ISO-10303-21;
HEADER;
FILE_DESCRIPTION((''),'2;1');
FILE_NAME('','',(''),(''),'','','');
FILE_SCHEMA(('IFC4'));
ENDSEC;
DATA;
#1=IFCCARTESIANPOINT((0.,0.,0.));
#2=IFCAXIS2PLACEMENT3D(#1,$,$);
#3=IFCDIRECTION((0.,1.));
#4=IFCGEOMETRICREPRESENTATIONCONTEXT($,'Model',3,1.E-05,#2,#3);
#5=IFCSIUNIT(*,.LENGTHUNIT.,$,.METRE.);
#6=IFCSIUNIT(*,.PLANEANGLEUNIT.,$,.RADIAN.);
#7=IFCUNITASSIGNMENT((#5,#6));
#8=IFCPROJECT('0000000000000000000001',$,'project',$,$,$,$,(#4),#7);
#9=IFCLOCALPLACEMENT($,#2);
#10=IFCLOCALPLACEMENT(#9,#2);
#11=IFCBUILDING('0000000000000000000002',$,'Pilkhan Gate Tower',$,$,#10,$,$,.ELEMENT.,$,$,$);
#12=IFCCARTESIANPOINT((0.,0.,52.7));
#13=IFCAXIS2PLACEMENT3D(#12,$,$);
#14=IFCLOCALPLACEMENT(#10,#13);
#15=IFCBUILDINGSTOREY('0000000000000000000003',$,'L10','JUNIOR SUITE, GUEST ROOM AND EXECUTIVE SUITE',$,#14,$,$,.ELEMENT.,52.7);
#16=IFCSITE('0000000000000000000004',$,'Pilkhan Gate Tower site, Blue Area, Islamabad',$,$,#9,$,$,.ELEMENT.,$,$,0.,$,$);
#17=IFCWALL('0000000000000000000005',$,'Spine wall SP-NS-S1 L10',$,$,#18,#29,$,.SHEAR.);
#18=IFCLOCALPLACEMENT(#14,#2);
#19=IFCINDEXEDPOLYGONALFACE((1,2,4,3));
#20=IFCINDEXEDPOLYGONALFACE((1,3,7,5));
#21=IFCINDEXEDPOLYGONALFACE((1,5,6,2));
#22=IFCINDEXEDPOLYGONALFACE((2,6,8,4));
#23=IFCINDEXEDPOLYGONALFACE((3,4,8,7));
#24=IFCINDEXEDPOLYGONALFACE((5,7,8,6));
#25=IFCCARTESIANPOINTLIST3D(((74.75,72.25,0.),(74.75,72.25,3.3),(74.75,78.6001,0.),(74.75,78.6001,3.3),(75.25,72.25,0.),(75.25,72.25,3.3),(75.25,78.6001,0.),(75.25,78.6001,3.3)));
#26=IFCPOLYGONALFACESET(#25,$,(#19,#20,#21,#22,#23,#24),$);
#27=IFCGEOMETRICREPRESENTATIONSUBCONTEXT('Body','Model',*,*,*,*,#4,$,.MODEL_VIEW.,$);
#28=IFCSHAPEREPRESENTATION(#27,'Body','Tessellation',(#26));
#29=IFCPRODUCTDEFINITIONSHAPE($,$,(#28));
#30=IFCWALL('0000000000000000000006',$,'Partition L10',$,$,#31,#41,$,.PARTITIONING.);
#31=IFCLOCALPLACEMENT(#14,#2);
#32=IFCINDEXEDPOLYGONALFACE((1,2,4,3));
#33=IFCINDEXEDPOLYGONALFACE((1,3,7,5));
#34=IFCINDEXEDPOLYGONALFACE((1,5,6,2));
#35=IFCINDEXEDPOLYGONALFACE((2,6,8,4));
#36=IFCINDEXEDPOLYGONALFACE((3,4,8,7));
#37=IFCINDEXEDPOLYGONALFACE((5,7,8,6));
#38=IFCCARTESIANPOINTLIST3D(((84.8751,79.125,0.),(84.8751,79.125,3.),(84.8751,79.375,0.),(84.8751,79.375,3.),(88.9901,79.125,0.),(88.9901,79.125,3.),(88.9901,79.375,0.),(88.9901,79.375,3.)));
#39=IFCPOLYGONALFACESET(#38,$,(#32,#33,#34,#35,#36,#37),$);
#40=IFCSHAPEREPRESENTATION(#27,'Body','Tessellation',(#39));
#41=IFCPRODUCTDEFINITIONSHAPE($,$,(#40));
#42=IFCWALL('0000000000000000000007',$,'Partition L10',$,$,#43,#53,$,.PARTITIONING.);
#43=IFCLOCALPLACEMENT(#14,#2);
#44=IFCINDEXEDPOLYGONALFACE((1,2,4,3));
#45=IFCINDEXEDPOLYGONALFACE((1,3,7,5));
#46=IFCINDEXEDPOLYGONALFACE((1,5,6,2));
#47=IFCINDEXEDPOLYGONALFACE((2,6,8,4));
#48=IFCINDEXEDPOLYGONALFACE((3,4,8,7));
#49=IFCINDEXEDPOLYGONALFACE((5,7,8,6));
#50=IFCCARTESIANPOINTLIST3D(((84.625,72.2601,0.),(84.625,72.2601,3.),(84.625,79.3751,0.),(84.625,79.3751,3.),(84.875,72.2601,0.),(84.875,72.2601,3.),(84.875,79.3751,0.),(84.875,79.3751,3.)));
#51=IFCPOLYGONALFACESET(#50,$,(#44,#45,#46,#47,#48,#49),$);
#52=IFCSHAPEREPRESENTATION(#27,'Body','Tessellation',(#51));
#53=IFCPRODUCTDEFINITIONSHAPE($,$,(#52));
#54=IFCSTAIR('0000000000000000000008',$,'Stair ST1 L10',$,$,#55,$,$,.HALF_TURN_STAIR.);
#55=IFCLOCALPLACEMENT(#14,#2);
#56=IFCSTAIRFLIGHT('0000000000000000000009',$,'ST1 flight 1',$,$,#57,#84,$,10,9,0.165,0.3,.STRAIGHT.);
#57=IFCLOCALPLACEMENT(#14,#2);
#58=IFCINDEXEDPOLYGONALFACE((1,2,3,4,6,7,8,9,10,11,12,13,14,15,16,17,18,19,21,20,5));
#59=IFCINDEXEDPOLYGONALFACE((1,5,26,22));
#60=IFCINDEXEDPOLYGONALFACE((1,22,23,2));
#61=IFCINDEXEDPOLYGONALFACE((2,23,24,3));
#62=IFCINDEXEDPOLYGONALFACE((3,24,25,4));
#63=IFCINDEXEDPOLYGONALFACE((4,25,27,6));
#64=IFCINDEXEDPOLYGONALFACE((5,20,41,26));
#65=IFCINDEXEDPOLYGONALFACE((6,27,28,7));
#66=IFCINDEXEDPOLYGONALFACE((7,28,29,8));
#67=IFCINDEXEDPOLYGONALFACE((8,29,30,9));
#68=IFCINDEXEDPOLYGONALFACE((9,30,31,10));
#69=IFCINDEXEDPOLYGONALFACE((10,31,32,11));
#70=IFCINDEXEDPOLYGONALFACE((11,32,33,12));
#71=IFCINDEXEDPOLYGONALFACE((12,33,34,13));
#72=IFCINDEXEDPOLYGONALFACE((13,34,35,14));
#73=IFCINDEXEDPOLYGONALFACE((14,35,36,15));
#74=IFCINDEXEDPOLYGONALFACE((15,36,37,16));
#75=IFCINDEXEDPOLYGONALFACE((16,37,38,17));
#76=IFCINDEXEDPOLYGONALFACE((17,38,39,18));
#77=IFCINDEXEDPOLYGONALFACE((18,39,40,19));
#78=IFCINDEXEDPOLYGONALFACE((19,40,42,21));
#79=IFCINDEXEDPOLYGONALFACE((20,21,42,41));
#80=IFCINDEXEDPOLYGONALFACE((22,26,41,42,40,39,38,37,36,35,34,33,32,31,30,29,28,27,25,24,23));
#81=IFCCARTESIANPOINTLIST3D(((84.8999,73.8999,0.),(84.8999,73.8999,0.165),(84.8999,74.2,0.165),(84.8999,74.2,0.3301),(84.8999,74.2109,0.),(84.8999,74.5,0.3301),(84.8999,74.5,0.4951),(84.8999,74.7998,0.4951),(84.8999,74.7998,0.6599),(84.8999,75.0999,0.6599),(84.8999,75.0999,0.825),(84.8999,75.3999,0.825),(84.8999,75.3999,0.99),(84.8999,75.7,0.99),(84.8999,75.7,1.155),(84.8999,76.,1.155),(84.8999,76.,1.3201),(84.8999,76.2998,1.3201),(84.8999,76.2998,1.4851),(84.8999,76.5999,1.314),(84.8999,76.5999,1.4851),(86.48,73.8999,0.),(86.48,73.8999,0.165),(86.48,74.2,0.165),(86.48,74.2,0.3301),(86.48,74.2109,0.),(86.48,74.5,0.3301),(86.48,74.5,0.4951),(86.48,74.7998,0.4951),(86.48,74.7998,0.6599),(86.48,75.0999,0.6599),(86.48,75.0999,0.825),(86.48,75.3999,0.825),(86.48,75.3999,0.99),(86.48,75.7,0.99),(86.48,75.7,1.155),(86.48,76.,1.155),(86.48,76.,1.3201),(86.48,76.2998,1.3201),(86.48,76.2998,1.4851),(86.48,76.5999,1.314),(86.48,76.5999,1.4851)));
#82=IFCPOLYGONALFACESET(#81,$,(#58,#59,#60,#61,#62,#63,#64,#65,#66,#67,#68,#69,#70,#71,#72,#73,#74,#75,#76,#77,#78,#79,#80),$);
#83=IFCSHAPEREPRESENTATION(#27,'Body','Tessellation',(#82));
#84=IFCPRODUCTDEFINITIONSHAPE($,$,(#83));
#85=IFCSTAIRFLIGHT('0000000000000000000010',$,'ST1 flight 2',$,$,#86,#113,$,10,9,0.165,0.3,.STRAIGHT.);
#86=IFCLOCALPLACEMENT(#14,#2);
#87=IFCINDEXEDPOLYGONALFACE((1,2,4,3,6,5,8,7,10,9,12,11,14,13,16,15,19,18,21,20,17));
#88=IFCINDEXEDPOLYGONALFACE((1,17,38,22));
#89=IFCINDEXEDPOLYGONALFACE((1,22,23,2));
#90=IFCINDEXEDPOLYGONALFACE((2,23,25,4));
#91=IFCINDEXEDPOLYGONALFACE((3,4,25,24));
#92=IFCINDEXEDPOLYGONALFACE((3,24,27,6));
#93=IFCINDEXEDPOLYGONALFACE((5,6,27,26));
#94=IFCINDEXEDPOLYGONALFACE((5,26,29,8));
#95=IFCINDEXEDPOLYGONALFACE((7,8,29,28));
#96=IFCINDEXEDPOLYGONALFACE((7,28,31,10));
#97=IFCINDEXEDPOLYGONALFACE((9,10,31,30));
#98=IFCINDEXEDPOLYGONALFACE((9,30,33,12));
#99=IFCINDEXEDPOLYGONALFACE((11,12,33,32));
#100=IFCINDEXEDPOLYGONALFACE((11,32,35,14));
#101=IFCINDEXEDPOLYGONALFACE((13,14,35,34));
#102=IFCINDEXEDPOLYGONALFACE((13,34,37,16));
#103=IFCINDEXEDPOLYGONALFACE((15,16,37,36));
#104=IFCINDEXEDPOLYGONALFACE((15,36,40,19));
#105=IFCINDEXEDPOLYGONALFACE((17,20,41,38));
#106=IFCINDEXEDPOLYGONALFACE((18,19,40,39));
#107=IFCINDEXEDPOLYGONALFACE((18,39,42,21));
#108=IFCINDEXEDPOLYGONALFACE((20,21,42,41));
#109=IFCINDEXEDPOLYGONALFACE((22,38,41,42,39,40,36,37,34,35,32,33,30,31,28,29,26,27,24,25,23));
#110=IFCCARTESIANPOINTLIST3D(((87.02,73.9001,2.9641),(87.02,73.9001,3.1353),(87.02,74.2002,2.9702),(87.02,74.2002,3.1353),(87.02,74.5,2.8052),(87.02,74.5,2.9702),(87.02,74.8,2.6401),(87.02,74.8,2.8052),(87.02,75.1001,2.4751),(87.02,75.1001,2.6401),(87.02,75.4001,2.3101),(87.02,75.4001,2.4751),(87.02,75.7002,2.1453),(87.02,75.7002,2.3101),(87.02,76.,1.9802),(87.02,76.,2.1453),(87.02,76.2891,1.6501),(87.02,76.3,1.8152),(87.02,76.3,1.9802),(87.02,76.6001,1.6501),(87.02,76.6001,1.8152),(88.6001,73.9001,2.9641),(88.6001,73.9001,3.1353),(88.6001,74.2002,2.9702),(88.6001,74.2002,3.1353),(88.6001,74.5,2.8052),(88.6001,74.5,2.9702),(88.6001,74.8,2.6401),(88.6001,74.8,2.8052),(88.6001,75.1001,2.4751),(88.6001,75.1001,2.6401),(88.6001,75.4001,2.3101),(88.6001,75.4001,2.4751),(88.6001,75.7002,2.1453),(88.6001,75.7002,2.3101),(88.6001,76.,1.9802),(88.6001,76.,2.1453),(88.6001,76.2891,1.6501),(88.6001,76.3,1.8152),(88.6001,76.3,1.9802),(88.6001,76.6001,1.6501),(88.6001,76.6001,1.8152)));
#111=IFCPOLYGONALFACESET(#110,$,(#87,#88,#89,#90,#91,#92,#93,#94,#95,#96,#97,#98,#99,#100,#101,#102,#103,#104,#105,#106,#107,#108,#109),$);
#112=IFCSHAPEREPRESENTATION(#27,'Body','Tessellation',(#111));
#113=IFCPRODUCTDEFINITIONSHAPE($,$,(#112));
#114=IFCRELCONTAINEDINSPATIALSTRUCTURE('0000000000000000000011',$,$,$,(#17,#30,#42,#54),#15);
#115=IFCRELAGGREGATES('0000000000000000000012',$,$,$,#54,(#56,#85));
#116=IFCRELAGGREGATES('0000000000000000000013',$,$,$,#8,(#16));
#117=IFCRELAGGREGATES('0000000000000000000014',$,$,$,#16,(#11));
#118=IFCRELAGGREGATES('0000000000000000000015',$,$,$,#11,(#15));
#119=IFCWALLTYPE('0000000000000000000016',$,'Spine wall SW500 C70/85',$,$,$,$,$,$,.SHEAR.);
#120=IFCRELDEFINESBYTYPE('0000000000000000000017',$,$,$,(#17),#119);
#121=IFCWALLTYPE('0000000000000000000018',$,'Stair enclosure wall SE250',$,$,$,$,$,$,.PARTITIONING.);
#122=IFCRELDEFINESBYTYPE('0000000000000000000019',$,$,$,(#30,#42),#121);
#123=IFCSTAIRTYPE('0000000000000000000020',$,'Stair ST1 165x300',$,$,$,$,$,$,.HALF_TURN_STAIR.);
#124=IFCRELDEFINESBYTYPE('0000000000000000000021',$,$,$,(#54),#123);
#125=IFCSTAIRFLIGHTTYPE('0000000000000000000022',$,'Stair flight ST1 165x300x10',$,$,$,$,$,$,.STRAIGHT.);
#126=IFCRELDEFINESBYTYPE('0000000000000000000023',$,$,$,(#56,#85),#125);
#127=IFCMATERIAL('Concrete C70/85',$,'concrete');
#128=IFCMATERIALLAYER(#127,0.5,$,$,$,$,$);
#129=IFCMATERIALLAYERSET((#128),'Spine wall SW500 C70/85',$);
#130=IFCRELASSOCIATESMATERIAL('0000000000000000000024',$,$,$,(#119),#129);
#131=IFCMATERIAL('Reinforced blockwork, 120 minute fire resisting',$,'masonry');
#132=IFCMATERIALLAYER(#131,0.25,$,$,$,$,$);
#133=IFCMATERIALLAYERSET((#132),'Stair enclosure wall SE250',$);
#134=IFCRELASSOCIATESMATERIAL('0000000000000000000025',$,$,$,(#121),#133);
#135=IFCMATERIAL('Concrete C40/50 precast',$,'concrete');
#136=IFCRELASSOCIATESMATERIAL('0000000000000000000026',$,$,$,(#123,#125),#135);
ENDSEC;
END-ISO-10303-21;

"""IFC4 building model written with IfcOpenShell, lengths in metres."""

from ifc_helpers import new_model, si_unit, direction, frame, frame_2d, origin, place, context, subcontext, project, spatial, polyline, rectangle, outline, extrude, material, layer, layer_set, type_object, element, aggregate, save


model = new_model("IFC4")

# Units and contexts
model_context = context("Model", 3, precision=1e-05, world=origin(), true_north=direction((0.0, 1.0)))
body_context = subcontext(model_context, "Body", "Model", "MODEL_VIEW")
ifc_project = project(units=[si_unit("LENGTHUNIT", "METRE"), si_unit("PLANEANGLEUNIT", "RADIAN")], contexts=[model_context])

# Site, building, storey
site_placement = place(None, origin())
site = spatial("IfcSite", under=ifc_project, at=site_placement, Name="Pilkhan Gate Tower site, Blue Area, Islamabad", CompositionType="ELEMENT", RefElevation=0.0)
building_placement = place(site_placement, origin())
building = spatial("IfcBuilding", under=site, at=building_placement, Name="Pilkhan Gate Tower", CompositionType="ELEMENT")
storey_placement = place(building_placement, frame((0.0, 0.0, 52.7)))
storey = spatial("IfcBuildingStorey", under=building, at=storey_placement, Name="L10", Description="JUNIOR SUITE, GUEST ROOM AND EXECUTIVE SUITE", CompositionType="ELEMENT", Elevation=52.7)

# Shared definitions
ifc_material_1 = material(Name="Concrete C70/85", Category="concrete")

# Walls
ifc_layer_1 = layer(ifc_material_1, 0.5)
ifc_layer_set_1 = layer_set([ifc_layer_1], Name="Spine wall SW500 C70/85")
wall_type_1 = type_object("IfcWallType", Name="Spine wall SW500 C70/85", PredefinedType="SHEAR", material=ifc_layer_set_1)
wall_1_placement = place(storey_placement, frame((75.0, 72.25, 0.0), z_axis=(0.0, 0.0, 1.0), x_axis=(0.0, 1.0, 0.0)))
element("IfcWall", 1, at=wall_1_placement, inside=storey, type_object=wall_type_1, Name="Spine wall SP-NS-S1 L10", PredefinedType="SHEAR", context=body_context, shape_type="SweptSolid", body=[
    extrude(rectangle(XDim=6.3501, YDim=0.5, at=frame_2d((3.175, 0.0))), origin(), (0.0, 0.0, 1.0), 3.3),
])
ifc_material_2 = material(Name="Reinforced blockwork, 120 minute fire resisting", Category="masonry")
ifc_layer_2 = layer(ifc_material_2, 0.25)
ifc_layer_set_2 = layer_set([ifc_layer_2], Name="Stair enclosure wall SE250")
wall_type_2 = type_object("IfcWallType", Name="Stair enclosure wall SE250", PredefinedType="PARTITIONING", material=ifc_layer_set_2)
wall_2_placement = place(storey_placement, frame((84.875, 79.25, 0.0), z_axis=(0.0, 0.0, 1.0), x_axis=(1.0, 0.0, 0.0)))
element("IfcWall", 2, at=wall_2_placement, inside=storey, type_object=wall_type_2, Name="Partition L10", PredefinedType="PARTITIONING", context=body_context, shape_type="SweptSolid", body=[
    extrude(rectangle(XDim=4.115, YDim=0.25, at=frame_2d((2.0576, 0.0))), origin(), (0.0, 0.0, 1.0), 3.0),
])
wall_3_placement = place(storey_placement, frame((84.75, 72.26, 0.0), z_axis=(0.0, 0.0, 1.0), x_axis=(0.0, 1.0, 0.0)))
element("IfcWall", 3, at=wall_3_placement, inside=storey, type_object=wall_type_2, Name="Partition L10", PredefinedType="PARTITIONING", context=body_context, shape_type="SweptSolid", body=[
    extrude(rectangle(XDim=7.115, YDim=0.25, at=frame_2d((3.5576, 0.0))), origin(), (0.0, 0.0, 1.0), 3.0),
])

# Stair, stair flights
ifc_material_3 = material(Name="Concrete C40/50 precast", Category="concrete")
stair_type = type_object("IfcStairType", Name="Stair ST1 165x300", PredefinedType="HALF_TURN_STAIR", material=ifc_material_3)
stair_placement = place(storey_placement, origin())
stair = element("IfcStair", 4, at=stair_placement, inside=storey, type_object=stair_type, Name="Stair ST1 L10", PredefinedType="HALF_TURN_STAIR")
stair_flight_type = type_object("IfcStairFlightType", Name="Stair flight ST1 165x300x10", PredefinedType="STRAIGHT", material=ifc_material_3)
stair_flight_1_placement = place(storey_placement, frame((85.6899, 73.8999, 0.0), z_axis=(0.0, 0.0, 1.0), x_axis=(0.0, 1.0, 0.0)))
stair_flight_1 = element("IfcStairFlight", 5, at=stair_flight_1_placement, type_object=stair_flight_type, Name="ST1 flight 1", NumberOfRisers=10, NumberOfTreads=9, PredefinedType="STRAIGHT", RiserHeight=0.165, TreadLength=0.3, context=body_context, shape_type="SweptSolid", body=[
    extrude(outline(polyline([(0.0, 0.0), (0.0, 0.165), (0.3, 0.165), (0.3, 0.3301), (0.6001, 0.3301), (0.6001, 0.4951), (0.8999, 0.4951), (0.8999, 0.6599), (1.2, 0.6599), (1.2, 0.825), (1.5, 0.825), (1.5, 0.99), (1.8, 0.99), (1.8, 1.155), (2.1001, 1.155), (2.1001, 1.3201), (2.3999, 1.3201), (2.3999, 1.4851), (2.7, 1.4851), (2.7, 1.6499), (2.7, 1.314), (0.311, 0.0), (0.0, 0.0)])), frame((0.0, 0.79, 0.0), z_axis=(0.0, -1.0, 0.0), x_axis=(1.0, 0.0, 0.0)), (0.0, 0.0, 1.0), 1.5801),
])
stair_flight_2_placement = place(storey_placement, frame((87.8101, 76.6001, 1.6501), z_axis=(0.0, 0.0, 1.0), x_axis=(0.0, -1.0, 0.0)))
stair_flight_2 = element("IfcStairFlight", 6, at=stair_flight_2_placement, type_object=stair_flight_type, Name="ST1 flight 2", NumberOfRisers=10, NumberOfTreads=9, PredefinedType="STRAIGHT", RiserHeight=0.165, TreadLength=0.3, context=body_context, shape_type="SweptSolid", body=[
    extrude(outline(polyline([(0.0, 0.0), (0.0, 0.165), (0.3, 0.165), (0.3, 0.3301), (0.6001, 0.3301), (0.6001, 0.4951), (0.8999, 0.4951), (0.8999, 0.6599), (1.2, 0.6599), (1.2, 0.825), (1.5, 0.825), (1.5, 0.99), (1.8, 0.99), (1.8, 1.155), (2.1001, 1.155), (2.1001, 1.3201), (2.3999, 1.3201), (2.3999, 1.4851), (2.7, 1.4851), (2.7, 1.6499), (2.7, 1.314), (0.311, 0.0), (0.0, 0.0)])), frame((0.0, 0.79, 0.0), z_axis=(0.0, -1.0, 0.0), x_axis=(1.0, 0.0, 0.0)), (0.0, 0.0, 1.0), 1.5801),
])
aggregate(stair, [stair_flight_1, stair_flight_2])

save(model, "model.ifc")
